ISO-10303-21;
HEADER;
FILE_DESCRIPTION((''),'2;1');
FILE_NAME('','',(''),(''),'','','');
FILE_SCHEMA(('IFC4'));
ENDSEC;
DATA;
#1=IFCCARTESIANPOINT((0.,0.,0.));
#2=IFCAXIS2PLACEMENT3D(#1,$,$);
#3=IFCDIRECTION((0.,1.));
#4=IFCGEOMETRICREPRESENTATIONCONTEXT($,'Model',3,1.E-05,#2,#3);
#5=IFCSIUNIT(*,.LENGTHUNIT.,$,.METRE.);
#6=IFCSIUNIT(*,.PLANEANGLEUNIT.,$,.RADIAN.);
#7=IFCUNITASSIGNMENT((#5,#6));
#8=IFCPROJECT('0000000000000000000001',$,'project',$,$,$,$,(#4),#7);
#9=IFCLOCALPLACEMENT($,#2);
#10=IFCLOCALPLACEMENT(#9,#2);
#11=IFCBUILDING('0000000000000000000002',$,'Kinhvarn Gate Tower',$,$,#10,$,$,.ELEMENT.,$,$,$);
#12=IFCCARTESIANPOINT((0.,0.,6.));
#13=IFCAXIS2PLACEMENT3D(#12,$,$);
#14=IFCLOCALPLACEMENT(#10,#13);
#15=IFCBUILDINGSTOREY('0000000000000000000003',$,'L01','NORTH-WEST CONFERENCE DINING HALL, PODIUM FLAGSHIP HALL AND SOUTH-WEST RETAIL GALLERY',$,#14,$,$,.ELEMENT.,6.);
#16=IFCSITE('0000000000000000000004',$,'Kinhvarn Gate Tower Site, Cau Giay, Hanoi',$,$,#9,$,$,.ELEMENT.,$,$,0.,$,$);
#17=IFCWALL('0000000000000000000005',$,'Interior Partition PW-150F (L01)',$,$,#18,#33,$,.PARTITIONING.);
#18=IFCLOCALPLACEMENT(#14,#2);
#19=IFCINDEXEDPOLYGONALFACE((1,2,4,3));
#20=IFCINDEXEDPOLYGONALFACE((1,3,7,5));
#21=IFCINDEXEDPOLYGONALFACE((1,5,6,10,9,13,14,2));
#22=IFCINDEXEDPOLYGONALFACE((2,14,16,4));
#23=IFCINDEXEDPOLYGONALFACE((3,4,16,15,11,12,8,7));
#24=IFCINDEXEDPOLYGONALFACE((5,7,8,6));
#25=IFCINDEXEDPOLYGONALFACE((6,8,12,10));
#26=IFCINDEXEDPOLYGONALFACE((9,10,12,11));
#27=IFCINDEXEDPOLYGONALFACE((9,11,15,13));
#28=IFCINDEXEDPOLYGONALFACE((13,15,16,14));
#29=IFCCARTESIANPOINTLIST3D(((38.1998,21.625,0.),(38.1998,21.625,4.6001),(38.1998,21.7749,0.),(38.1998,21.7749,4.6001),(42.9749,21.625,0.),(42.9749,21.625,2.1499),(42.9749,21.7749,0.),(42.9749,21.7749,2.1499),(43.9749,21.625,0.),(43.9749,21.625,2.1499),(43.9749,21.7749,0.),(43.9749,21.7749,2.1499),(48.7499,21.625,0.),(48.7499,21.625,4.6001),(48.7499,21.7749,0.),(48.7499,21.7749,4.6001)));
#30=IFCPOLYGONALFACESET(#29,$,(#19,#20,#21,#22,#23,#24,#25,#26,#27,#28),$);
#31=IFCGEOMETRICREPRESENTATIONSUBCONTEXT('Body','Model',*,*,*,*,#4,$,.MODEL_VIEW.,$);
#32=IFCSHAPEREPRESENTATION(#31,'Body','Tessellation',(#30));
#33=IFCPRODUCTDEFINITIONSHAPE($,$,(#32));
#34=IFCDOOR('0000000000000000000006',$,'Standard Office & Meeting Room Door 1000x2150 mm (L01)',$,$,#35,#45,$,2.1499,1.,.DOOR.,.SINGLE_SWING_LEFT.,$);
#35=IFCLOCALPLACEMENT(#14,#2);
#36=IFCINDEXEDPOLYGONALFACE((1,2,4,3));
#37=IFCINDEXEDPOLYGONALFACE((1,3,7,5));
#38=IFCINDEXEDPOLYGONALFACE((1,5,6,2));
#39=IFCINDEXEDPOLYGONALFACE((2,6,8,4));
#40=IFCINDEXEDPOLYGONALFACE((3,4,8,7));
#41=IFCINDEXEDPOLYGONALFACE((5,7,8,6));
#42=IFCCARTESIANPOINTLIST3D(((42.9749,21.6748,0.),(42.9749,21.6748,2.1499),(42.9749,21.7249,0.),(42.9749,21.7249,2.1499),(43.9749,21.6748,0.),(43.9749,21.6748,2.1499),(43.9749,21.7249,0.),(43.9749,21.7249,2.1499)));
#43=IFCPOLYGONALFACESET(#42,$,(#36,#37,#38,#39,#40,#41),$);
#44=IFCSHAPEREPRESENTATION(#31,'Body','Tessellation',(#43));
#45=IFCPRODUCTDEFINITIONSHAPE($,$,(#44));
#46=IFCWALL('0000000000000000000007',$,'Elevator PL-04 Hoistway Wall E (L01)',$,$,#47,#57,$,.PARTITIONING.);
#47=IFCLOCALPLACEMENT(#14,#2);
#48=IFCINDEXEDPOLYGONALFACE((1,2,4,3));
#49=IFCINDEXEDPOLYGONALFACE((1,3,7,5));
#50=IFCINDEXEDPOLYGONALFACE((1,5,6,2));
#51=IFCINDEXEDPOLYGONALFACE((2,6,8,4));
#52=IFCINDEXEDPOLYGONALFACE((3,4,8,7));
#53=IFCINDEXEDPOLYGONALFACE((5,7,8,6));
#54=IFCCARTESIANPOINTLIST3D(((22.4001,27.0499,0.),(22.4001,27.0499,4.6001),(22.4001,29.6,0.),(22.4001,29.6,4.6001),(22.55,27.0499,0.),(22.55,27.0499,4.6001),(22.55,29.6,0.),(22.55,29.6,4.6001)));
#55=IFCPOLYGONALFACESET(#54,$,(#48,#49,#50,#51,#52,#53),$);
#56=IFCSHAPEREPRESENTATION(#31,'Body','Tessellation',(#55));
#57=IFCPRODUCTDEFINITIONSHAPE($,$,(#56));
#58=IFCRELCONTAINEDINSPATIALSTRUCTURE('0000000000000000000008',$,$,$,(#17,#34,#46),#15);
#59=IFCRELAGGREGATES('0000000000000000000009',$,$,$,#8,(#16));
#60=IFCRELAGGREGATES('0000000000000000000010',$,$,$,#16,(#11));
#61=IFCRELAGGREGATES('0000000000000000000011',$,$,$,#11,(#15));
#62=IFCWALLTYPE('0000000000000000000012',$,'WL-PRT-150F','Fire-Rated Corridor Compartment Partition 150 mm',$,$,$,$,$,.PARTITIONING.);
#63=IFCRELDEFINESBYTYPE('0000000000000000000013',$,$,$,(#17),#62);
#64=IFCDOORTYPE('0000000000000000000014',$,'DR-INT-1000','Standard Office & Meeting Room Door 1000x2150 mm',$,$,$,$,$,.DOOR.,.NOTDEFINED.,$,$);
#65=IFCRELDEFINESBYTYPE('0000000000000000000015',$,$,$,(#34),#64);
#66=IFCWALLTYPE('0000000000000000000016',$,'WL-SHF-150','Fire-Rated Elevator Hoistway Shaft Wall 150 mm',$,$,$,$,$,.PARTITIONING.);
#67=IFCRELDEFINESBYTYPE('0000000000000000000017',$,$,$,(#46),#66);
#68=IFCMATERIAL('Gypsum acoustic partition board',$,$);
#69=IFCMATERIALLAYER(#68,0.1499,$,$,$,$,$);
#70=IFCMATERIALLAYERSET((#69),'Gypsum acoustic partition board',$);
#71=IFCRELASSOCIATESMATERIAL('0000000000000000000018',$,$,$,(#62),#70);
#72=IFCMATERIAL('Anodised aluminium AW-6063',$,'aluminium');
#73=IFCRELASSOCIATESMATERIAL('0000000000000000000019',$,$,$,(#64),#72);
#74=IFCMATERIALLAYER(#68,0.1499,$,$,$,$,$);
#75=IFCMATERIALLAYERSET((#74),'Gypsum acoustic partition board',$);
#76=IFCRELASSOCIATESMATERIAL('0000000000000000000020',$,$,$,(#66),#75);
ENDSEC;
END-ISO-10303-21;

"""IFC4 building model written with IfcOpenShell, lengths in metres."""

from ifc_helpers import new_model, si_unit, direction, frame, frame_2d, origin, place, context, subcontext, project, spatial, rectangle, extrude, material, layer, layer_set, type_object, element, fill, save


model = new_model("IFC4")

# Units and contexts
model_context = context("Model", 3, precision=1e-05, world=origin(), true_north=direction((0.0, 1.0)))
body_context = subcontext(model_context, "Body", "Model", "MODEL_VIEW")
ifc_project = project(units=[si_unit("LENGTHUNIT", "METRE"), si_unit("PLANEANGLEUNIT", "RADIAN")], contexts=[model_context])

# Site, building, storey
site_placement = place(None, origin())
site = spatial("IfcSite", under=ifc_project, at=site_placement, Name="Kinhvarn Gate Tower Site, Cau Giay, Hanoi", CompositionType="ELEMENT", RefElevation=0.0)
building_placement = place(site_placement, origin())
building = spatial("IfcBuilding", under=site, at=building_placement, Name="Kinhvarn Gate Tower", CompositionType="ELEMENT")
storey_placement = place(building_placement, frame((0.0, 0.0, 6.0)))
storey = spatial("IfcBuildingStorey", under=building, at=storey_placement, Name="L01", Description="NORTH-WEST CONFERENCE DINING HALL, PODIUM FLAGSHIP HALL AND SOUTH-WEST RETAIL GALLERY", CompositionType="ELEMENT", Elevation=6.0)

# Shared definitions
ifc_material_1 = material(Name="Gypsum acoustic partition board")

# Shared definitions
ifc_material_2 = material(Name="Anodised aluminium AW-6063", Category="aluminium")

# Wall, opening, door
ifc_layer_1 = layer(ifc_material_1, 0.1499)
ifc_layer_set_1 = layer_set([ifc_layer_1], Name="Gypsum acoustic partition board")
wall_type_1 = type_object("IfcWallType", Name="WL-PRT-150F", Description="Fire-Rated Corridor Compartment Partition 150 mm", PredefinedType="PARTITIONING", material=ifc_layer_set_1)
door_type_1 = type_object("IfcDoorType", Name="DR-INT-1000", Description="Standard Office & Meeting Room Door 1000x2150 mm", OperationType="NOTDEFINED", PredefinedType="DOOR", material=ifc_material_2)
wall_1_placement = place(storey_placement, frame((38.2, 21.7, 0.0), z_axis=(0.0, 0.0, 1.0), x_axis=(1.0, 0.0, 0.0)))
wall_1 = element("IfcWall", 1, at=wall_1_placement, inside=storey, type_object=wall_type_1, Name="Interior Partition PW-150F (L01)", PredefinedType="PARTITIONING", context=body_context, shape_type="SweptSolid", body=[
    extrude(rectangle(XDim=10.55, YDim=0.1499, at=frame_2d((5.2749, 0.0))), origin(), (0.0, 0.0, 1.0), 4.6001),
])
opening_1_placement = place(wall_1_placement, frame((4.7749, 0.0, 0.0)))
opening_1 = element("IfcOpeningElement", 2, at=opening_1_placement, cuts=wall_1, PredefinedType="OPENING", context=body_context, shape_type="SweptSolid", body=[
    extrude(rectangle(XDim=1.0, YDim=2.1499, at=frame_2d((0.5, 1.075))), frame((0.0, 0.085, 0.0), z_axis=(0.0, -1.0, 0.0), x_axis=(1.0, 0.0, 0.0)), (0.0, 0.0, 1.0), 0.1699),
])
door_1_placement = place(opening_1_placement, origin())
door_1 = element("IfcDoor", 3, at=door_1_placement, inside=storey, type_object=door_type_1, Name="Standard Office & Meeting Room Door 1000x2150 mm (L01)", OperationType="SINGLE_SWING_LEFT", OverallHeight=2.1499, OverallWidth=1.0, PredefinedType="DOOR", context=body_context, shape_type="SweptSolid", body=[
    extrude(rectangle(XDim=1.0, YDim=2.1499, at=frame_2d((0.5, 1.075))), frame((0.0, 0.0249, 0.0), z_axis=(0.0, -1.0, 0.0), x_axis=(1.0, 0.0, 0.0)), (0.0, 0.0, 1.0), 0.05),
])
fill(opening_1, door_1)

# Wall
ifc_layer_2 = layer(ifc_material_1, 0.1499)
ifc_layer_set_2 = layer_set([ifc_layer_2], Name="Gypsum acoustic partition board")
wall_type_2 = type_object("IfcWallType", Name="WL-SHF-150", Description="Fire-Rated Elevator Hoistway Shaft Wall 150 mm", PredefinedType="PARTITIONING", material=ifc_layer_set_2)
wall_2_placement = place(storey_placement, frame((22.4751, 27.05, 0.0), z_axis=(0.0, 0.0, 1.0), x_axis=(0.0, 1.0, 0.0)))
element("IfcWall", 4, at=wall_2_placement, inside=storey, type_object=wall_type_2, Name="Elevator PL-04 Hoistway Wall E (L01)", PredefinedType="PARTITIONING", context=body_context, shape_type="SweptSolid", body=[
    extrude(rectangle(XDim=2.55, YDim=0.1499, at=frame_2d((1.2749, 0.0))), origin(), (0.0, 0.0, 1.0), 4.6001),
])

save(model, "model.ifc")
